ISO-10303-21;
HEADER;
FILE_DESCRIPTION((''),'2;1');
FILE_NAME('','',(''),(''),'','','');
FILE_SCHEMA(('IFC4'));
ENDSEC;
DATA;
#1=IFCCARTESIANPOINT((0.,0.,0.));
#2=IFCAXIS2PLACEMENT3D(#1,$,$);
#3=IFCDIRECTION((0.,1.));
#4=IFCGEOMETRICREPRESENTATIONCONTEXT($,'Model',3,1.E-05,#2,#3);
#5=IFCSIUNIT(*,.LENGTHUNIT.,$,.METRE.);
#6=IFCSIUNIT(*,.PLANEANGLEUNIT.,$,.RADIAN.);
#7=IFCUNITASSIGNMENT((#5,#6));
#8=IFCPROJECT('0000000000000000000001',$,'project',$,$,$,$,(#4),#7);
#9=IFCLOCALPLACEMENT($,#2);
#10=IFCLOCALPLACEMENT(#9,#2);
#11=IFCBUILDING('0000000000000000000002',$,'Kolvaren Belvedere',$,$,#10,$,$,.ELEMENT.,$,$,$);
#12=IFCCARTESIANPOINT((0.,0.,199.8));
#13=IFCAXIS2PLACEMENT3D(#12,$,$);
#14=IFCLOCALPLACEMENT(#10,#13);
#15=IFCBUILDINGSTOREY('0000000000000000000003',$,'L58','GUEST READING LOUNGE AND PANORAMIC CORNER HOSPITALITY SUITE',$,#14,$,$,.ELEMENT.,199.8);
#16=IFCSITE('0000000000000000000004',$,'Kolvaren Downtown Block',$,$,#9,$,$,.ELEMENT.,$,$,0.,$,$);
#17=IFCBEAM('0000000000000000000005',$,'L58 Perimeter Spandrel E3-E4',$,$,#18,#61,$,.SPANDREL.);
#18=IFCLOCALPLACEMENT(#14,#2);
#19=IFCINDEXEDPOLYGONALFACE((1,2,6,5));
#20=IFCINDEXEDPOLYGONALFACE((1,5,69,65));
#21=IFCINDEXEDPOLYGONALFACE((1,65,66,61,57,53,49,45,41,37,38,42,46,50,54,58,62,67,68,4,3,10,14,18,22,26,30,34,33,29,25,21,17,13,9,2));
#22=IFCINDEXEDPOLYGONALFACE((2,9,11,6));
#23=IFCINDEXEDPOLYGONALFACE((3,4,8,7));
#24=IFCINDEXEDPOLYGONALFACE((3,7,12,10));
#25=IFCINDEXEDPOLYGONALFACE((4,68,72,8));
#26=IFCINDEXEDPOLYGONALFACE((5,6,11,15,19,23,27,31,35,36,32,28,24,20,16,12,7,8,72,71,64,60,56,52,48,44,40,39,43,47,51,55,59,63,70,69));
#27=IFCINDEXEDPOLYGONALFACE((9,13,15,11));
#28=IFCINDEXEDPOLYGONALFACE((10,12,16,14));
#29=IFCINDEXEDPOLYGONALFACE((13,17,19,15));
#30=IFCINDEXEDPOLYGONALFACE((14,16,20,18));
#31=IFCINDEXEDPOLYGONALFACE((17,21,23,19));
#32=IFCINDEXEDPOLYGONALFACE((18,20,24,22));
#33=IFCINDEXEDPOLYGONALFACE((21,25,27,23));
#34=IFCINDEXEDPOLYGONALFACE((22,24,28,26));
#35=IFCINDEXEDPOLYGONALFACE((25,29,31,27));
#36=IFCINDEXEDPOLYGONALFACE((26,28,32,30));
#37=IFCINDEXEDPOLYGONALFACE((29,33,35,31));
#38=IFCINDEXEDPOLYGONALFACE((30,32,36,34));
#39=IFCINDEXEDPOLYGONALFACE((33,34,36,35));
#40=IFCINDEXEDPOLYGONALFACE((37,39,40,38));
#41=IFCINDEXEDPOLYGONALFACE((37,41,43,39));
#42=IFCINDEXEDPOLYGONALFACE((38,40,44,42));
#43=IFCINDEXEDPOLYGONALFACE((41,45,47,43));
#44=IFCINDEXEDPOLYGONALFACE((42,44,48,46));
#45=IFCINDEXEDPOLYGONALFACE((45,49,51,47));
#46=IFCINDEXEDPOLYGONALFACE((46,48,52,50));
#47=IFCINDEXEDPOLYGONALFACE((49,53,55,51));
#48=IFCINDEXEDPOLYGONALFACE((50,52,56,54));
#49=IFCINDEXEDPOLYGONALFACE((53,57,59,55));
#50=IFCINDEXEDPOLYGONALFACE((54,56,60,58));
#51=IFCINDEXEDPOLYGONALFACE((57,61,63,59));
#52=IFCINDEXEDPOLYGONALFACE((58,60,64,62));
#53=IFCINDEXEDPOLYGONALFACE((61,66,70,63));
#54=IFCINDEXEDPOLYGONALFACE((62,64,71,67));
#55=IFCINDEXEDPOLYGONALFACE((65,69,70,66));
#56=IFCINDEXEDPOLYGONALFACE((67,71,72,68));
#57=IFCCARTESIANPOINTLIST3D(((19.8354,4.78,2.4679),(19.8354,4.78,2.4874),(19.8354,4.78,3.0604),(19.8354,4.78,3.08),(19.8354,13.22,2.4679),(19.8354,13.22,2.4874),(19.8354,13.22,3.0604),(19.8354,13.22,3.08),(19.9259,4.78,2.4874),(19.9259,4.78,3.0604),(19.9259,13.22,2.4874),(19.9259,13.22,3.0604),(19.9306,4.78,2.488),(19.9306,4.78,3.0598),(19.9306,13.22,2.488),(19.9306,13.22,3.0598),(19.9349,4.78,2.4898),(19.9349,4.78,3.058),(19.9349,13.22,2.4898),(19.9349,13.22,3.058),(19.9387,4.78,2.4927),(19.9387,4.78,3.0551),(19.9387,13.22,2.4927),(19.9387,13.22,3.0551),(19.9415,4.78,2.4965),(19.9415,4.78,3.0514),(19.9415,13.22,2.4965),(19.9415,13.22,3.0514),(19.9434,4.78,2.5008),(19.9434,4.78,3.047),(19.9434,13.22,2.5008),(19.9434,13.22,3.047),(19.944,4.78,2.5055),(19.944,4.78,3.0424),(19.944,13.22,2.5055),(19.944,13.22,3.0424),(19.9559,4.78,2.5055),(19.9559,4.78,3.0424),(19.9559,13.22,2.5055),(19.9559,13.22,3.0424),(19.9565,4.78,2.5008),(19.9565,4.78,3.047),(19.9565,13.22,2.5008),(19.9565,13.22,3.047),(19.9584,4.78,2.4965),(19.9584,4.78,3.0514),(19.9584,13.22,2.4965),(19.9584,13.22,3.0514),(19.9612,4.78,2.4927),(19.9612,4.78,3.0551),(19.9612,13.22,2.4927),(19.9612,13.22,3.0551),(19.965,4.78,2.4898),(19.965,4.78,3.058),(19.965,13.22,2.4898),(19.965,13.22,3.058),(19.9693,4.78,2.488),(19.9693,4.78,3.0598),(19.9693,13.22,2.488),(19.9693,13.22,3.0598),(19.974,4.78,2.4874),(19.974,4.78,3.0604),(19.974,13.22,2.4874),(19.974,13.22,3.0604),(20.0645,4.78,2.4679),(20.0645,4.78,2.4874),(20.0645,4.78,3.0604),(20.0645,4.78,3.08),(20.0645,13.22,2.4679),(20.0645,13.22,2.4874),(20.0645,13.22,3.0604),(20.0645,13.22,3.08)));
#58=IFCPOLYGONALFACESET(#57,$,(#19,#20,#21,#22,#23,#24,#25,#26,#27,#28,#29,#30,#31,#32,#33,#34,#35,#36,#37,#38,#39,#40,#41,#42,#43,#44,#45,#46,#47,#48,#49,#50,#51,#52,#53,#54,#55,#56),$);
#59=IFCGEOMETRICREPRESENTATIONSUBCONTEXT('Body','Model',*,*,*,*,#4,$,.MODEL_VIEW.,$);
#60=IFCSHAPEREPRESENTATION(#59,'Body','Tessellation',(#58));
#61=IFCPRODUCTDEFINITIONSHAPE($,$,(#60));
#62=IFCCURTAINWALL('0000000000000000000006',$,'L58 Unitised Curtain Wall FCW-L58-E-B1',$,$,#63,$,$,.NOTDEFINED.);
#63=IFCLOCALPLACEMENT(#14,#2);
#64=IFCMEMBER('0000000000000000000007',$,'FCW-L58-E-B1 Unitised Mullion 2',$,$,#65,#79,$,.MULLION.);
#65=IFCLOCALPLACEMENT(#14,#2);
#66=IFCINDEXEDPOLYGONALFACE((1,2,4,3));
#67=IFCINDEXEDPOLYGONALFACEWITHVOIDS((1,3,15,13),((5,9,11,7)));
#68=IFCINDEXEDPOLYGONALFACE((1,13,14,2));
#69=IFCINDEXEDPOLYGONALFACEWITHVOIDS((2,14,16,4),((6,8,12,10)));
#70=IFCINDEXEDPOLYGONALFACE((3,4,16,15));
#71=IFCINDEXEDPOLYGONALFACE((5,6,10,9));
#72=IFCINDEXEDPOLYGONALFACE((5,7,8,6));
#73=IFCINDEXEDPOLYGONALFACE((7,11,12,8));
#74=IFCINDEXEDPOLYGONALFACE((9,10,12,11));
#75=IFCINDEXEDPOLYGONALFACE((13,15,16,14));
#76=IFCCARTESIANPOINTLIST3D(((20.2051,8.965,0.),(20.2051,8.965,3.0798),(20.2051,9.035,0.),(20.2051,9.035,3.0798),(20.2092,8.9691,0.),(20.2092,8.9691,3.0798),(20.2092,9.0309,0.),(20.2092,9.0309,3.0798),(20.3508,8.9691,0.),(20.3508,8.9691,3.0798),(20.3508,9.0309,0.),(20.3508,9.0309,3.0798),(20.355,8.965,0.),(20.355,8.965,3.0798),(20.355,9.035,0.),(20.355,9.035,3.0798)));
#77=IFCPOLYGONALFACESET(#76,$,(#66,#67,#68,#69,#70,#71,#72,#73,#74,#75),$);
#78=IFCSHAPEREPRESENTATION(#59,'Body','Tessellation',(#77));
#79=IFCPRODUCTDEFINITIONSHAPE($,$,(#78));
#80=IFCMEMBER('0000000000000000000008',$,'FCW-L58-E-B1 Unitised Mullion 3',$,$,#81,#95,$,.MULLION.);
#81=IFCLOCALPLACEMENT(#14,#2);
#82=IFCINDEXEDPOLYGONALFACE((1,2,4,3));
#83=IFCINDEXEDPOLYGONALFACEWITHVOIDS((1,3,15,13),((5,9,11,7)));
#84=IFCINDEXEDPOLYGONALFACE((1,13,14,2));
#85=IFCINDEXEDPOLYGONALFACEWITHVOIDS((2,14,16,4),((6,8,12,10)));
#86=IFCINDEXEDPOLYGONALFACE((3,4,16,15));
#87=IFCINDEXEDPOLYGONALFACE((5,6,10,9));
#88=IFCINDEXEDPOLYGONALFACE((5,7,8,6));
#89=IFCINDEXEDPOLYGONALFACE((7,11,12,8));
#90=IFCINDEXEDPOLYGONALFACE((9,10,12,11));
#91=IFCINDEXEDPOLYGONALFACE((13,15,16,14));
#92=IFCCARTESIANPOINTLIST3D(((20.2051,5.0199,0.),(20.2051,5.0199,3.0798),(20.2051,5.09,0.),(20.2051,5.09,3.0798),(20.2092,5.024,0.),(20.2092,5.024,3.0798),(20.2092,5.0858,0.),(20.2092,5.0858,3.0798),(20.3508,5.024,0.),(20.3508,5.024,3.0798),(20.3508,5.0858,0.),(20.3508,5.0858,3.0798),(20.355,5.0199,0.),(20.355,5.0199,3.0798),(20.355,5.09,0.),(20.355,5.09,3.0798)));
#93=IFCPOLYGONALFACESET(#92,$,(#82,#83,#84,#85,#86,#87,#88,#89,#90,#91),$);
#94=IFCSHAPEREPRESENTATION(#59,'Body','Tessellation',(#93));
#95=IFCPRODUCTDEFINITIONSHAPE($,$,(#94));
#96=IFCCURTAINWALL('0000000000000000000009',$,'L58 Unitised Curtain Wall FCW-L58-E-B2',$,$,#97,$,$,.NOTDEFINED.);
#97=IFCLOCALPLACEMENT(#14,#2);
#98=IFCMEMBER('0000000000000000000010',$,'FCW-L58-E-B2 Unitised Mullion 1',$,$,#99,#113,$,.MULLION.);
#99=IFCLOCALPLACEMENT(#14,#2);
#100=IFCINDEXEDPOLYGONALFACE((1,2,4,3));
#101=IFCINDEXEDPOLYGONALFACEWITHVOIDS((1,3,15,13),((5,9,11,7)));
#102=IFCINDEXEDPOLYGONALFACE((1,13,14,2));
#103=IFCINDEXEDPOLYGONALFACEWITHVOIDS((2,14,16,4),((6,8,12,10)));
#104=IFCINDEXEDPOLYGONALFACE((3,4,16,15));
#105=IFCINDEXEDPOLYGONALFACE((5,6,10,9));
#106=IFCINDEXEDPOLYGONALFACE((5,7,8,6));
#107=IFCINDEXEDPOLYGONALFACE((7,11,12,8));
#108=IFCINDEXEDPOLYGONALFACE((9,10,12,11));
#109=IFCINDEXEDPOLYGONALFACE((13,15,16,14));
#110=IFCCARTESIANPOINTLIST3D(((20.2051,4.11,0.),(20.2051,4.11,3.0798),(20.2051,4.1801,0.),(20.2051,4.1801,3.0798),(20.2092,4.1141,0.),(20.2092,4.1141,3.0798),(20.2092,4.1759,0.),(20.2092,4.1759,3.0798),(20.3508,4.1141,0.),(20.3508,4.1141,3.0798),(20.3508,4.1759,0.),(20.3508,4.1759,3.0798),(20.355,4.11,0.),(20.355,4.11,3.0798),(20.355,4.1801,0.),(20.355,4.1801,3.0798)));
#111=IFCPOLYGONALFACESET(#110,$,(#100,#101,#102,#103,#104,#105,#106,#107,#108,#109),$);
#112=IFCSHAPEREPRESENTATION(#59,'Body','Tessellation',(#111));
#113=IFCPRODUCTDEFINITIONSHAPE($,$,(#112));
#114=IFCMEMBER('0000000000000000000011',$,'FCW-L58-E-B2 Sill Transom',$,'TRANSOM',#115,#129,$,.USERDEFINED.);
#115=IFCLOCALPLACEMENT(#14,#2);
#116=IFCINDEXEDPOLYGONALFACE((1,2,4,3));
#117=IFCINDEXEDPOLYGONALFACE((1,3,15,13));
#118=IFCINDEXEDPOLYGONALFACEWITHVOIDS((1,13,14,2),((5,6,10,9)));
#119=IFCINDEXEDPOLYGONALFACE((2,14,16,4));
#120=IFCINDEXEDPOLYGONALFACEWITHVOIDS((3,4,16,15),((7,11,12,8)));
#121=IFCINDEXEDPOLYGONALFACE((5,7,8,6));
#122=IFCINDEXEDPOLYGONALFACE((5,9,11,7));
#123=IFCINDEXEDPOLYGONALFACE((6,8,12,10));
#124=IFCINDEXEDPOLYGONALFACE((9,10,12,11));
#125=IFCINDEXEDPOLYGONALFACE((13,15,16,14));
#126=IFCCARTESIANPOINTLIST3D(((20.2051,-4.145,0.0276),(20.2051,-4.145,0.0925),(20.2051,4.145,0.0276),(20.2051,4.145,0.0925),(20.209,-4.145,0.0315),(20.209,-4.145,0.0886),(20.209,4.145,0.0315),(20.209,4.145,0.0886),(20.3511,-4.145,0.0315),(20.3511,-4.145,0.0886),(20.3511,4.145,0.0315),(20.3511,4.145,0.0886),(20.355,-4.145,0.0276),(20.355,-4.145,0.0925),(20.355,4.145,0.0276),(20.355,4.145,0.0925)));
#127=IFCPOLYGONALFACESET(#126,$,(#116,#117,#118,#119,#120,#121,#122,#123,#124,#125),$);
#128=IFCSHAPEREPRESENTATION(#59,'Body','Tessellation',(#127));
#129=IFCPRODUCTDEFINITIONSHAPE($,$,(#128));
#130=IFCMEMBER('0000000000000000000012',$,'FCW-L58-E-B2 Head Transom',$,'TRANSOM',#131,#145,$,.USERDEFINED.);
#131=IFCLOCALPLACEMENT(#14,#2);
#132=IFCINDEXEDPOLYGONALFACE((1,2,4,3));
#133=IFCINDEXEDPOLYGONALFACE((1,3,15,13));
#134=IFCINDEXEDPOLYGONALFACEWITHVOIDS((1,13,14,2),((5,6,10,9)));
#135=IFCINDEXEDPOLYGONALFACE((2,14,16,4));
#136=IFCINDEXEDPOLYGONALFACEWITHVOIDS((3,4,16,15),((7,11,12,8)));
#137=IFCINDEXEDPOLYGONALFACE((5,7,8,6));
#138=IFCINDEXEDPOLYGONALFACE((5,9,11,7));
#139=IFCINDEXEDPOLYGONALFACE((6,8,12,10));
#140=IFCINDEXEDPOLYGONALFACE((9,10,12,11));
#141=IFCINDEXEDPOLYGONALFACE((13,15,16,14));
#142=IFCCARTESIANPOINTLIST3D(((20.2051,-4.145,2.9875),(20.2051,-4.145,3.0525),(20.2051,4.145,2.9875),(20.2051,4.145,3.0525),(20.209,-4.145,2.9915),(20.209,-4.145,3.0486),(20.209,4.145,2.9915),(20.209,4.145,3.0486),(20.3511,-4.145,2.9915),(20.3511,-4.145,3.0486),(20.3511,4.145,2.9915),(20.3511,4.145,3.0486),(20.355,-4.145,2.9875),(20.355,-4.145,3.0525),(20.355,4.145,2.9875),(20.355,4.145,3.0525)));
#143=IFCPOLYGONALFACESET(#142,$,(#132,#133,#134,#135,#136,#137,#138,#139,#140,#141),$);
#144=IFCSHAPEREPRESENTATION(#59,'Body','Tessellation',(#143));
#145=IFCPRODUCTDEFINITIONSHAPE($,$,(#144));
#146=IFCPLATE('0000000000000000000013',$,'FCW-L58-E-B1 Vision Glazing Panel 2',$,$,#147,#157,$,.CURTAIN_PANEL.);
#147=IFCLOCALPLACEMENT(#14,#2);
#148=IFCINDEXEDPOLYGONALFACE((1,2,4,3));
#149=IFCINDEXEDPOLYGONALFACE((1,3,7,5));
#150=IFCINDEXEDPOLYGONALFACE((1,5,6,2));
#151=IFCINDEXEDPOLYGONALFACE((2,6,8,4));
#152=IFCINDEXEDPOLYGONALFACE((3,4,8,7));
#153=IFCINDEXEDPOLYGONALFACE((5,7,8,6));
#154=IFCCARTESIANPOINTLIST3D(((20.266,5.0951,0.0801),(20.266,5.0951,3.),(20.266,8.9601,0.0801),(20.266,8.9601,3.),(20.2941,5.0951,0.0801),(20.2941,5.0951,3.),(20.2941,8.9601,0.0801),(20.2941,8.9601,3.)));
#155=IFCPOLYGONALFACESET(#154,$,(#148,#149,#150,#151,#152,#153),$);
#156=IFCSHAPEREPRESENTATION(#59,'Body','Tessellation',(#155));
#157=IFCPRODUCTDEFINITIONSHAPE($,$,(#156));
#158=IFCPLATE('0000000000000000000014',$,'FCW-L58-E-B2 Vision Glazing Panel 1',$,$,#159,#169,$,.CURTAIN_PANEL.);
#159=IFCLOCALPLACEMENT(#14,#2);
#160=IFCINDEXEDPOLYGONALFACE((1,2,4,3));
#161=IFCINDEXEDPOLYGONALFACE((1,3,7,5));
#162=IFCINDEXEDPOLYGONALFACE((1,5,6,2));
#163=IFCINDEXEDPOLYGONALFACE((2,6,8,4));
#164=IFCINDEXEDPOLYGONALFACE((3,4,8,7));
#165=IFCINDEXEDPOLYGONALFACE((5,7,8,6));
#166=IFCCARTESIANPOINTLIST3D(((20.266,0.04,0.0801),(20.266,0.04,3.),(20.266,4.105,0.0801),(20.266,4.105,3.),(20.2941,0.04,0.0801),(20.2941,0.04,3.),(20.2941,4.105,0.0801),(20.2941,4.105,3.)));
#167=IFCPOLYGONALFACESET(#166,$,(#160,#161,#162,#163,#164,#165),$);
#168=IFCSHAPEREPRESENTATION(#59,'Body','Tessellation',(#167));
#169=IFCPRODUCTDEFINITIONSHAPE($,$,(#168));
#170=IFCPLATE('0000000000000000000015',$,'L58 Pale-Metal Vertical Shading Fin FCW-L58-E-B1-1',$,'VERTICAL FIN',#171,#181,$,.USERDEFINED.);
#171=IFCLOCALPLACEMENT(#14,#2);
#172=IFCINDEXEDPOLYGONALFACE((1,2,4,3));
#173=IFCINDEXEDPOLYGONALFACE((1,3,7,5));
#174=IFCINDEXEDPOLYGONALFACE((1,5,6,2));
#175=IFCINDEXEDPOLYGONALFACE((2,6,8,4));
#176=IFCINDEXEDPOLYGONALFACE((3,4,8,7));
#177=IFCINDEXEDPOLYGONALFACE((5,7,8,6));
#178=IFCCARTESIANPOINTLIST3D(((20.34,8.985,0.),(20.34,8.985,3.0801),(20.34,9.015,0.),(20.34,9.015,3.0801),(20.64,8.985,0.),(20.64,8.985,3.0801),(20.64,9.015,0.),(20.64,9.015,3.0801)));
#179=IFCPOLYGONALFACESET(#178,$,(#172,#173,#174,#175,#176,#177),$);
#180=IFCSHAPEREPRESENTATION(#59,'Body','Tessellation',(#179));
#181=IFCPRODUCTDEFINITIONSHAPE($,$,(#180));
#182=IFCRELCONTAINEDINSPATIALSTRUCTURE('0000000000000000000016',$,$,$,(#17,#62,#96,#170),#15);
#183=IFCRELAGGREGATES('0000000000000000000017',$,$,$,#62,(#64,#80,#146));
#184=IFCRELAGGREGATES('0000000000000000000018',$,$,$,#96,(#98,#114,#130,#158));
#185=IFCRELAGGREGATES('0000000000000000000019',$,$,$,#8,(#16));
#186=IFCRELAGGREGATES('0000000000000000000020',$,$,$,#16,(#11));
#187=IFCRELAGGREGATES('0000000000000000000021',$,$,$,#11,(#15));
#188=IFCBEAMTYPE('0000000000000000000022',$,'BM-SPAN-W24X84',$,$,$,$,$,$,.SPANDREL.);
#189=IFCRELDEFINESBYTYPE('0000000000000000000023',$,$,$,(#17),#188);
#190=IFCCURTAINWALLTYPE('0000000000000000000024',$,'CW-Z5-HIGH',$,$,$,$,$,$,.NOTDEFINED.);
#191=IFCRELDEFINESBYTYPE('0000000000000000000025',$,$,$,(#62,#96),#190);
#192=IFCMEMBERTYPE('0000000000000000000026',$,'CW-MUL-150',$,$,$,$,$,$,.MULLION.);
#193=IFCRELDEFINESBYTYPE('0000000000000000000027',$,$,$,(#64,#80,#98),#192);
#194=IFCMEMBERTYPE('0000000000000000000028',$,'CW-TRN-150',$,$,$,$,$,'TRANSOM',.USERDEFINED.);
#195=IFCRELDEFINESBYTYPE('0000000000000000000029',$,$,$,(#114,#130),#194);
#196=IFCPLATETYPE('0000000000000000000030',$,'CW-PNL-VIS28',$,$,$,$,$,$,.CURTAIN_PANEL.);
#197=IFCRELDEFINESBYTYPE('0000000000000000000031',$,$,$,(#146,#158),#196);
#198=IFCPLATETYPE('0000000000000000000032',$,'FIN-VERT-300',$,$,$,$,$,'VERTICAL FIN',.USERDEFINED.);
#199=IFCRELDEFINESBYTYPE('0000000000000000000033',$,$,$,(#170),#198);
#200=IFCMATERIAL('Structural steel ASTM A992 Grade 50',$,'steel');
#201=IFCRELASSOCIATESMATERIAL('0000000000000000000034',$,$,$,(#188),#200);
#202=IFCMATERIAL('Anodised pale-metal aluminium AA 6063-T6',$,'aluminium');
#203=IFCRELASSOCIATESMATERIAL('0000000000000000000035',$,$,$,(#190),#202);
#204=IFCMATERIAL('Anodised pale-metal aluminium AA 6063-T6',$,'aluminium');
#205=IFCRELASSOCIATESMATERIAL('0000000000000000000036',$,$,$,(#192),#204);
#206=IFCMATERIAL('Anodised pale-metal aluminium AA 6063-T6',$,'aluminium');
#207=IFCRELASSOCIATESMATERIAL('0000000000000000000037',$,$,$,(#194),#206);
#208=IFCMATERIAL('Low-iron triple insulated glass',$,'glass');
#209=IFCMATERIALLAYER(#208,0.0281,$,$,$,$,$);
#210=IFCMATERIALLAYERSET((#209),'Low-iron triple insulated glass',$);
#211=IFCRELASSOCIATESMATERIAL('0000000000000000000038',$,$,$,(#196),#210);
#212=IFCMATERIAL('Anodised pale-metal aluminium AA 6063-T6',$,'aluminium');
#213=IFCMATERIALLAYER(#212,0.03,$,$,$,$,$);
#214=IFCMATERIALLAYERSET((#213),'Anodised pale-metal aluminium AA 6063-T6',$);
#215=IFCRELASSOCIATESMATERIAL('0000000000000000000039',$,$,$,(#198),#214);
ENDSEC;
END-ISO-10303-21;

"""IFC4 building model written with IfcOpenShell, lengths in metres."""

from ifc_helpers import new_model, si_unit, direction, frame, origin, origin_2d, place, context, subcontext, project, spatial, rectangle, hollow_rectangle, i_section, extrude, material, layer, layer_set, material_profile, profile_set, type_object, element, aggregate, save


model = new_model("IFC4")

# Units and contexts
model_context = context("Model", 3, precision=1e-05, world=origin(), true_north=direction((0.0, 1.0)))
body_context = subcontext(model_context, "Body", "Model", "MODEL_VIEW")
ifc_project = project(units=[si_unit("LENGTHUNIT", "METRE"), si_unit("PLANEANGLEUNIT", "RADIAN")], contexts=[model_context])

# Site, building, storey
site_placement = place(None, origin())
site = spatial("IfcSite", under=ifc_project, at=site_placement, Name="Kolvaren Downtown Block", CompositionType="ELEMENT", RefElevation=0.0)
building_placement = place(site_placement, origin())
building = spatial("IfcBuilding", under=site, at=building_placement, Name="Kolvaren Belvedere", CompositionType="ELEMENT")
storey_placement = place(building_placement, frame((0.0, 0.0, 199.8)))
storey = spatial("IfcBuildingStorey", under=building, at=storey_placement, Name="L58", Description="GUEST READING LOUNGE AND PANORAMIC CORNER HOSPITALITY SUITE", CompositionType="ELEMENT", Elevation=199.8)

# Beam
ifc_material_1 = material(Name="Structural steel ASTM A992 Grade 50", Category="steel")
ifc_material_profile_1 = material_profile(ifc_material_1, i_section(OverallWidth=0.229, OverallDepth=0.6121, WebThickness=0.012, FlangeThickness=0.0195, FilletRadius=0.0181, at=origin_2d()), Name="W24X84")
ifc_profile_set_1 = profile_set([ifc_material_profile_1], Name="Structural steel ASTM A992 Grade 50")
beam_type_1 = type_object("IfcBeamType", Name="BM-SPAN-W24X84", PredefinedType="SPANDREL", material=ifc_profile_set_1)
beam_1_placement = place(storey_placement, frame((19.95, 4.78, 2.7739), z_axis=(0.0, 1.0, 0.0), x_axis=(-1.0, 0.0, 0.0)))
element("IfcBeam", 1, at=beam_1_placement, inside=storey, type_object=beam_type_1, Name="L58 Perimeter Spandrel E3-E4", PredefinedType="SPANDREL", context=body_context, shape_type="SweptSolid", body=[
    extrude(i_section(OverallWidth=0.229, OverallDepth=0.6121, WebThickness=0.012, FlangeThickness=0.0195, FilletRadius=0.0181, at=origin_2d()), origin(), (0.0, 0.0, 1.0), 8.4399),
])

# Curtain walls, members
ifc_material_2 = material(Name="Anodised pale-metal aluminium AA 6063-T6", Category="aluminium")
curtain_wall_type = type_object("IfcCurtainWallType", Name="CW-Z5-HIGH", PredefinedType="NOTDEFINED", material=ifc_material_2)
curtain_wall_1_placement = place(storey_placement, origin())
curtain_wall_1 = element("IfcCurtainWall", 2, at=curtain_wall_1_placement, inside=storey, type_object=curtain_wall_type, Name="L58 Unitised Curtain Wall FCW-L58-E-B1", PredefinedType="NOTDEFINED")
ifc_material_3 = material(Name="Anodised pale-metal aluminium AA 6063-T6", Category="aluminium")
ifc_material_profile_2 = material_profile(ifc_material_3, hollow_rectangle(XDim=0.0701, YDim=0.1499, WallThickness=0.0042, at=origin_2d()), Name="ALU-MUL-150X70")
ifc_profile_set_2 = profile_set([ifc_material_profile_2], Name="Anodised pale-metal aluminium AA 6063-T6")
member_type_1 = type_object("IfcMemberType", Name="CW-MUL-150", PredefinedType="MULLION", material=ifc_profile_set_2)
member_1_placement = place(storey_placement, frame((20.28, 9.0, 0.0), z_axis=(0.0, 0.0, 1.0), x_axis=(0.0, 1.0, 0.0)))
member_1 = element("IfcMember", 3, at=member_1_placement, type_object=member_type_1, Name="FCW-L58-E-B1 Unitised Mullion 2", PredefinedType="MULLION", context=body_context, shape_type="SweptSolid", body=[
    extrude(hollow_rectangle(XDim=0.0701, YDim=0.1499, WallThickness=0.0042, at=origin_2d()), origin(), (0.0, 0.0, 1.0), 3.0798),
])
member_2_placement = place(storey_placement, frame((20.28, 5.0549, 0.0), z_axis=(0.0, 0.0, 1.0), x_axis=(0.0, 1.0, 0.0)))
member_2 = element("IfcMember", 4, at=member_2_placement, type_object=member_type_1, Name="FCW-L58-E-B1 Unitised Mullion 3", PredefinedType="MULLION", context=body_context, shape_type="SweptSolid", body=[
    extrude(hollow_rectangle(XDim=0.0701, YDim=0.1499, WallThickness=0.0042, at=origin_2d()), origin(), (0.0, 0.0, 1.0), 3.0798),
])
curtain_wall_2_placement = place(storey_placement, origin())
curtain_wall_2 = element("IfcCurtainWall", 5, at=curtain_wall_2_placement, inside=storey, type_object=curtain_wall_type, Name="L58 Unitised Curtain Wall FCW-L58-E-B2", PredefinedType="NOTDEFINED")
member_3_placement = place(storey_placement, frame((20.28, 4.145, 0.0), z_axis=(0.0, 0.0, 1.0), x_axis=(0.0, 1.0, 0.0)))
member_3 = element("IfcMember", 6, at=member_3_placement, type_object=member_type_1, Name="FCW-L58-E-B2 Unitised Mullion 1", PredefinedType="MULLION", context=body_context, shape_type="SweptSolid", body=[
    extrude(hollow_rectangle(XDim=0.0701, YDim=0.1499, WallThickness=0.0042, at=origin_2d()), origin(), (0.0, 0.0, 1.0), 3.0798),
])
ifc_material_4 = material(Name="Anodised pale-metal aluminium AA 6063-T6", Category="aluminium")
ifc_material_profile_3 = material_profile(ifc_material_4, hollow_rectangle(XDim=0.0649, YDim=0.1499, WallThickness=0.0039, at=origin_2d()), Name="ALU-TRN-150X65")
ifc_profile_set_3 = profile_set([ifc_material_profile_3], Name="Anodised pale-metal aluminium AA 6063-T6")
member_type_2 = type_object("IfcMemberType", Name="CW-TRN-150", ElementType="TRANSOM", PredefinedType="USERDEFINED", material=ifc_profile_set_3)
member_4_placement = place(storey_placement, frame((20.28, 4.145, 0.0601), z_axis=(0.0, -1.0, 0.0), x_axis=(0.0, 0.0, 1.0)))
member_4 = element("IfcMember", 7, at=member_4_placement, type_object=member_type_2, Name="FCW-L58-E-B2 Sill Transom", ObjectType="TRANSOM", PredefinedType="USERDEFINED", context=body_context, shape_type="SweptSolid", body=[
    extrude(hollow_rectangle(XDim=0.0649, YDim=0.1499, WallThickness=0.0039, at=origin_2d()), origin(), (0.0, 0.0, 1.0), 8.29),
])
member_5_placement = place(storey_placement, frame((20.28, 4.145, 3.02), z_axis=(0.0, -1.0, 0.0), x_axis=(0.0, 0.0, 1.0)))
member_5 = element("IfcMember", 8, at=member_5_placement, type_object=member_type_2, Name="FCW-L58-E-B2 Head Transom", ObjectType="TRANSOM", PredefinedType="USERDEFINED", context=body_context, shape_type="SweptSolid", body=[
    extrude(hollow_rectangle(XDim=0.0649, YDim=0.1499, WallThickness=0.0039, at=origin_2d()), origin(), (0.0, 0.0, 1.0), 8.29),
])

# Plates
ifc_material_5 = material(Name="Low-iron triple insulated glass", Category="glass")
ifc_layer_1 = layer(ifc_material_5, 0.0281)
ifc_layer_set_1 = layer_set([ifc_layer_1], Name="Low-iron triple insulated glass")
plate_type_1 = type_object("IfcPlateType", Name="CW-PNL-VIS28", PredefinedType="CURTAIN_PANEL", material=ifc_layer_set_1)
plate_1_placement = place(storey_placement, frame((20.28, 7.0276, 0.0801), z_axis=(0.0, 0.0, 1.0), x_axis=(0.0, -1.0, 0.0)))
plate_1 = element("IfcPlate", 9, at=plate_1_placement, type_object=plate_type_1, Name="FCW-L58-E-B1 Vision Glazing Panel 2", PredefinedType="CURTAIN_PANEL", context=body_context, shape_type="SweptSolid", body=[
    extrude(rectangle(XDim=3.865, YDim=0.0281, at=origin_2d()), origin(), (0.0, 0.0, 1.0), 2.9199),
])
aggregate(curtain_wall_1, [member_1, member_2, plate_1])
plate_2_placement = place(storey_placement, frame((20.28, 2.0725, 0.0801), z_axis=(0.0, 0.0, 1.0), x_axis=(0.0, -1.0, 0.0)))
plate_2 = element("IfcPlate", 10, at=plate_2_placement, type_object=plate_type_1, Name="FCW-L58-E-B2 Vision Glazing Panel 1", PredefinedType="CURTAIN_PANEL", context=body_context, shape_type="SweptSolid", body=[
    extrude(rectangle(XDim=4.0649, YDim=0.0281, at=origin_2d()), origin(), (0.0, 0.0, 1.0), 2.9199),
])
aggregate(curtain_wall_2, [member_3, member_4, member_5, plate_2])
ifc_material_6 = material(Name="Anodised pale-metal aluminium AA 6063-T6", Category="aluminium")
ifc_layer_2 = layer(ifc_material_6, 0.03)
ifc_layer_set_2 = layer_set([ifc_layer_2], Name="Anodised pale-metal aluminium AA 6063-T6")
plate_type_2 = type_object("IfcPlateType", Name="FIN-VERT-300", ElementType="VERTICAL FIN", PredefinedType="USERDEFINED", material=ifc_layer_set_2)
plate_3_placement = place(storey_placement, frame((20.49, 9.0, 0.0), z_axis=(0.0, 0.0, 1.0), x_axis=(1.0, 0.0, 0.0)))
element("IfcPlate", 11, at=plate_3_placement, inside=storey, type_object=plate_type_2, Name="L58 Pale-Metal Vertical Shading Fin FCW-L58-E-B1-1", ObjectType="VERTICAL FIN", PredefinedType="USERDEFINED", context=body_context, shape_type="SweptSolid", body=[
    extrude(rectangle(XDim=0.3, YDim=0.03, at=origin_2d()), origin(), (0.0, 0.0, 1.0), 3.0801),
])

save(model, "model.ifc")
